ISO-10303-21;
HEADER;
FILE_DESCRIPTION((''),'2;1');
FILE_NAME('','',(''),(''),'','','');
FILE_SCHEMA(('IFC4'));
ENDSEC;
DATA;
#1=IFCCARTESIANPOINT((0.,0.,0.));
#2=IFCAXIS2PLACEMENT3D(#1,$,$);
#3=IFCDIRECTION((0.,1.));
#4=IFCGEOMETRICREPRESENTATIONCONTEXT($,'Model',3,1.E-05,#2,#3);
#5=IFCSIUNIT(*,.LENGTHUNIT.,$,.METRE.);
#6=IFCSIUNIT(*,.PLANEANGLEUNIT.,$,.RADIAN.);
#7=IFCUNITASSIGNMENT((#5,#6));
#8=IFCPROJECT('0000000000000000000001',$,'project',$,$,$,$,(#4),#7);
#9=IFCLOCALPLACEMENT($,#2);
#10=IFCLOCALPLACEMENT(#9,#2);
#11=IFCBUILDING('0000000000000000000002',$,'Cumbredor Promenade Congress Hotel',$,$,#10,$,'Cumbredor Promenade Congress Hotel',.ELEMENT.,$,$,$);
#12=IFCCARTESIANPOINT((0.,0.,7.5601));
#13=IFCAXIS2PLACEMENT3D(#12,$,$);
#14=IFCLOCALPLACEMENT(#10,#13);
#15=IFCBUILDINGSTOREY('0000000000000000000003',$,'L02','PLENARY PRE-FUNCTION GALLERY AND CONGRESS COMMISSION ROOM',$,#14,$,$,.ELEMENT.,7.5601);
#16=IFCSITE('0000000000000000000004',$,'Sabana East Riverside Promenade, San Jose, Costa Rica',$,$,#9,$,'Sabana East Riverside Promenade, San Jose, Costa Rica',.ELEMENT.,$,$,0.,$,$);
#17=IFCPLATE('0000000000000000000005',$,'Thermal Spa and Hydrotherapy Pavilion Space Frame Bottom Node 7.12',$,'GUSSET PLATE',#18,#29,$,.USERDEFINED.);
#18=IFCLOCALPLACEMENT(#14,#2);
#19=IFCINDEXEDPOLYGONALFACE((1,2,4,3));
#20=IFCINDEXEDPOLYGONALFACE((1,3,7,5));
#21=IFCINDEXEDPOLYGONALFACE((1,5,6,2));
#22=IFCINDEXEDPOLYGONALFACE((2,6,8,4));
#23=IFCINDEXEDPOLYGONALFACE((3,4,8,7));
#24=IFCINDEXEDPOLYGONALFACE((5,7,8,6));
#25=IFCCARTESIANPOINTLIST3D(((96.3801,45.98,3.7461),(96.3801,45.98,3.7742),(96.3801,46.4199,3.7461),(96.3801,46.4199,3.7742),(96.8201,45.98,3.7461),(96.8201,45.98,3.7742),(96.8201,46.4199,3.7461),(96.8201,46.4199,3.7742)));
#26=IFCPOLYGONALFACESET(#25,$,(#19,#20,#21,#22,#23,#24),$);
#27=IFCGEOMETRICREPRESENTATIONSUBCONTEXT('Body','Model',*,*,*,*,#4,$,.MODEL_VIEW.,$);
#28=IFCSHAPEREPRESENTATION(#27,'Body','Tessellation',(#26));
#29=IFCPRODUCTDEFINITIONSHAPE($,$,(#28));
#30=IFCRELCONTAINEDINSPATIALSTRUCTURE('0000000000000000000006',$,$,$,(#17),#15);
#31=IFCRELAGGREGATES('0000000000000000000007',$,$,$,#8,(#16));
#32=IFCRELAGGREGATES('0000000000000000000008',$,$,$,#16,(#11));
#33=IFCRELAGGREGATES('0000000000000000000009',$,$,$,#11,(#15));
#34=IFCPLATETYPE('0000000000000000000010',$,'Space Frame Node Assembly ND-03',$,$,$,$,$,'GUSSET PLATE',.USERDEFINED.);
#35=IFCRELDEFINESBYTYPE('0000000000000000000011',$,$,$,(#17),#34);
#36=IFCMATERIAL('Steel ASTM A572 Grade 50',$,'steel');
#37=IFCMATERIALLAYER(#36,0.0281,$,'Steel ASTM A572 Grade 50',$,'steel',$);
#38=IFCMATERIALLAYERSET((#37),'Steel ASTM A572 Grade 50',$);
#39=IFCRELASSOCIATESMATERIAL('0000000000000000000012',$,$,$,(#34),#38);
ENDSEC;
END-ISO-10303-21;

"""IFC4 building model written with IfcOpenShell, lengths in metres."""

from ifc_helpers import new_model, si_unit, direction, frame, origin, origin_2d, place, context, subcontext, project, spatial, rectangle, extrude, material, layer, layer_set, type_object, element, save


model = new_model("IFC4")

# Units and contexts
model_context = context("Model", 3, precision=1e-05, world=origin(), true_north=direction((0.0, 1.0)))
body_context = subcontext(model_context, "Body", "Model", "MODEL_VIEW")
ifc_project = project(units=[si_unit("LENGTHUNIT", "METRE"), si_unit("PLANEANGLEUNIT", "RADIAN")], contexts=[model_context])

# Site, building, storey
site_placement = place(None, origin())
site = spatial("IfcSite", under=ifc_project, at=site_placement, Name="Sabana East Riverside Promenade, San Jose, Costa Rica", LongName="Sabana East Riverside Promenade, San Jose, Costa Rica", CompositionType="ELEMENT", RefElevation=0.0)
building_placement = place(site_placement, origin())
building = spatial("IfcBuilding", under=site, at=building_placement, Name="Cumbredor Promenade Congress Hotel", LongName="Cumbredor Promenade Congress Hotel", CompositionType="ELEMENT")
storey_placement = place(building_placement, frame((0.0, 0.0, 7.5601)))
storey = spatial("IfcBuildingStorey", under=building, at=storey_placement, Name="L02", Description="PLENARY PRE-FUNCTION GALLERY AND CONGRESS COMMISSION ROOM", CompositionType="ELEMENT", Elevation=7.5601)

# Plate
ifc_material_1 = material(Name="Steel ASTM A572 Grade 50", Category="steel")
ifc_layer_1 = layer(ifc_material_1, 0.0281, Name="Steel ASTM A572 Grade 50", Category="steel")
ifc_layer_set_1 = layer_set([ifc_layer_1], Name="Steel ASTM A572 Grade 50")
plate_type_1 = type_object("IfcPlateType", Name="Space Frame Node Assembly ND-03", ElementType="GUSSET PLATE", PredefinedType="USERDEFINED", material=ifc_layer_set_1)
for number, where, z_axis, x_axis, name in (
    (1, (96.6001, 46.2, 3.7461), (0.0, 0.0, 1.0), (1.0, 0.0, 0.0), "Thermal Spa and Hydrotherapy Pavilion Space Frame Bottom Node 7.12"),
):
    element("IfcPlate", number, at=place(storey_placement, frame(where, z_axis=z_axis, x_axis=x_axis)), inside=storey, type_object=plate_type_1, Name=name, ObjectType="GUSSET PLATE", PredefinedType="USERDEFINED", context=body_context, shape_type="SweptSolid", body=[
        extrude(rectangle(XDim=0.4399, YDim=0.4399, at=origin_2d()), origin(), (0.0, 0.0, 1.0), 0.0281),
    ])

save(model, "model.ifc")
